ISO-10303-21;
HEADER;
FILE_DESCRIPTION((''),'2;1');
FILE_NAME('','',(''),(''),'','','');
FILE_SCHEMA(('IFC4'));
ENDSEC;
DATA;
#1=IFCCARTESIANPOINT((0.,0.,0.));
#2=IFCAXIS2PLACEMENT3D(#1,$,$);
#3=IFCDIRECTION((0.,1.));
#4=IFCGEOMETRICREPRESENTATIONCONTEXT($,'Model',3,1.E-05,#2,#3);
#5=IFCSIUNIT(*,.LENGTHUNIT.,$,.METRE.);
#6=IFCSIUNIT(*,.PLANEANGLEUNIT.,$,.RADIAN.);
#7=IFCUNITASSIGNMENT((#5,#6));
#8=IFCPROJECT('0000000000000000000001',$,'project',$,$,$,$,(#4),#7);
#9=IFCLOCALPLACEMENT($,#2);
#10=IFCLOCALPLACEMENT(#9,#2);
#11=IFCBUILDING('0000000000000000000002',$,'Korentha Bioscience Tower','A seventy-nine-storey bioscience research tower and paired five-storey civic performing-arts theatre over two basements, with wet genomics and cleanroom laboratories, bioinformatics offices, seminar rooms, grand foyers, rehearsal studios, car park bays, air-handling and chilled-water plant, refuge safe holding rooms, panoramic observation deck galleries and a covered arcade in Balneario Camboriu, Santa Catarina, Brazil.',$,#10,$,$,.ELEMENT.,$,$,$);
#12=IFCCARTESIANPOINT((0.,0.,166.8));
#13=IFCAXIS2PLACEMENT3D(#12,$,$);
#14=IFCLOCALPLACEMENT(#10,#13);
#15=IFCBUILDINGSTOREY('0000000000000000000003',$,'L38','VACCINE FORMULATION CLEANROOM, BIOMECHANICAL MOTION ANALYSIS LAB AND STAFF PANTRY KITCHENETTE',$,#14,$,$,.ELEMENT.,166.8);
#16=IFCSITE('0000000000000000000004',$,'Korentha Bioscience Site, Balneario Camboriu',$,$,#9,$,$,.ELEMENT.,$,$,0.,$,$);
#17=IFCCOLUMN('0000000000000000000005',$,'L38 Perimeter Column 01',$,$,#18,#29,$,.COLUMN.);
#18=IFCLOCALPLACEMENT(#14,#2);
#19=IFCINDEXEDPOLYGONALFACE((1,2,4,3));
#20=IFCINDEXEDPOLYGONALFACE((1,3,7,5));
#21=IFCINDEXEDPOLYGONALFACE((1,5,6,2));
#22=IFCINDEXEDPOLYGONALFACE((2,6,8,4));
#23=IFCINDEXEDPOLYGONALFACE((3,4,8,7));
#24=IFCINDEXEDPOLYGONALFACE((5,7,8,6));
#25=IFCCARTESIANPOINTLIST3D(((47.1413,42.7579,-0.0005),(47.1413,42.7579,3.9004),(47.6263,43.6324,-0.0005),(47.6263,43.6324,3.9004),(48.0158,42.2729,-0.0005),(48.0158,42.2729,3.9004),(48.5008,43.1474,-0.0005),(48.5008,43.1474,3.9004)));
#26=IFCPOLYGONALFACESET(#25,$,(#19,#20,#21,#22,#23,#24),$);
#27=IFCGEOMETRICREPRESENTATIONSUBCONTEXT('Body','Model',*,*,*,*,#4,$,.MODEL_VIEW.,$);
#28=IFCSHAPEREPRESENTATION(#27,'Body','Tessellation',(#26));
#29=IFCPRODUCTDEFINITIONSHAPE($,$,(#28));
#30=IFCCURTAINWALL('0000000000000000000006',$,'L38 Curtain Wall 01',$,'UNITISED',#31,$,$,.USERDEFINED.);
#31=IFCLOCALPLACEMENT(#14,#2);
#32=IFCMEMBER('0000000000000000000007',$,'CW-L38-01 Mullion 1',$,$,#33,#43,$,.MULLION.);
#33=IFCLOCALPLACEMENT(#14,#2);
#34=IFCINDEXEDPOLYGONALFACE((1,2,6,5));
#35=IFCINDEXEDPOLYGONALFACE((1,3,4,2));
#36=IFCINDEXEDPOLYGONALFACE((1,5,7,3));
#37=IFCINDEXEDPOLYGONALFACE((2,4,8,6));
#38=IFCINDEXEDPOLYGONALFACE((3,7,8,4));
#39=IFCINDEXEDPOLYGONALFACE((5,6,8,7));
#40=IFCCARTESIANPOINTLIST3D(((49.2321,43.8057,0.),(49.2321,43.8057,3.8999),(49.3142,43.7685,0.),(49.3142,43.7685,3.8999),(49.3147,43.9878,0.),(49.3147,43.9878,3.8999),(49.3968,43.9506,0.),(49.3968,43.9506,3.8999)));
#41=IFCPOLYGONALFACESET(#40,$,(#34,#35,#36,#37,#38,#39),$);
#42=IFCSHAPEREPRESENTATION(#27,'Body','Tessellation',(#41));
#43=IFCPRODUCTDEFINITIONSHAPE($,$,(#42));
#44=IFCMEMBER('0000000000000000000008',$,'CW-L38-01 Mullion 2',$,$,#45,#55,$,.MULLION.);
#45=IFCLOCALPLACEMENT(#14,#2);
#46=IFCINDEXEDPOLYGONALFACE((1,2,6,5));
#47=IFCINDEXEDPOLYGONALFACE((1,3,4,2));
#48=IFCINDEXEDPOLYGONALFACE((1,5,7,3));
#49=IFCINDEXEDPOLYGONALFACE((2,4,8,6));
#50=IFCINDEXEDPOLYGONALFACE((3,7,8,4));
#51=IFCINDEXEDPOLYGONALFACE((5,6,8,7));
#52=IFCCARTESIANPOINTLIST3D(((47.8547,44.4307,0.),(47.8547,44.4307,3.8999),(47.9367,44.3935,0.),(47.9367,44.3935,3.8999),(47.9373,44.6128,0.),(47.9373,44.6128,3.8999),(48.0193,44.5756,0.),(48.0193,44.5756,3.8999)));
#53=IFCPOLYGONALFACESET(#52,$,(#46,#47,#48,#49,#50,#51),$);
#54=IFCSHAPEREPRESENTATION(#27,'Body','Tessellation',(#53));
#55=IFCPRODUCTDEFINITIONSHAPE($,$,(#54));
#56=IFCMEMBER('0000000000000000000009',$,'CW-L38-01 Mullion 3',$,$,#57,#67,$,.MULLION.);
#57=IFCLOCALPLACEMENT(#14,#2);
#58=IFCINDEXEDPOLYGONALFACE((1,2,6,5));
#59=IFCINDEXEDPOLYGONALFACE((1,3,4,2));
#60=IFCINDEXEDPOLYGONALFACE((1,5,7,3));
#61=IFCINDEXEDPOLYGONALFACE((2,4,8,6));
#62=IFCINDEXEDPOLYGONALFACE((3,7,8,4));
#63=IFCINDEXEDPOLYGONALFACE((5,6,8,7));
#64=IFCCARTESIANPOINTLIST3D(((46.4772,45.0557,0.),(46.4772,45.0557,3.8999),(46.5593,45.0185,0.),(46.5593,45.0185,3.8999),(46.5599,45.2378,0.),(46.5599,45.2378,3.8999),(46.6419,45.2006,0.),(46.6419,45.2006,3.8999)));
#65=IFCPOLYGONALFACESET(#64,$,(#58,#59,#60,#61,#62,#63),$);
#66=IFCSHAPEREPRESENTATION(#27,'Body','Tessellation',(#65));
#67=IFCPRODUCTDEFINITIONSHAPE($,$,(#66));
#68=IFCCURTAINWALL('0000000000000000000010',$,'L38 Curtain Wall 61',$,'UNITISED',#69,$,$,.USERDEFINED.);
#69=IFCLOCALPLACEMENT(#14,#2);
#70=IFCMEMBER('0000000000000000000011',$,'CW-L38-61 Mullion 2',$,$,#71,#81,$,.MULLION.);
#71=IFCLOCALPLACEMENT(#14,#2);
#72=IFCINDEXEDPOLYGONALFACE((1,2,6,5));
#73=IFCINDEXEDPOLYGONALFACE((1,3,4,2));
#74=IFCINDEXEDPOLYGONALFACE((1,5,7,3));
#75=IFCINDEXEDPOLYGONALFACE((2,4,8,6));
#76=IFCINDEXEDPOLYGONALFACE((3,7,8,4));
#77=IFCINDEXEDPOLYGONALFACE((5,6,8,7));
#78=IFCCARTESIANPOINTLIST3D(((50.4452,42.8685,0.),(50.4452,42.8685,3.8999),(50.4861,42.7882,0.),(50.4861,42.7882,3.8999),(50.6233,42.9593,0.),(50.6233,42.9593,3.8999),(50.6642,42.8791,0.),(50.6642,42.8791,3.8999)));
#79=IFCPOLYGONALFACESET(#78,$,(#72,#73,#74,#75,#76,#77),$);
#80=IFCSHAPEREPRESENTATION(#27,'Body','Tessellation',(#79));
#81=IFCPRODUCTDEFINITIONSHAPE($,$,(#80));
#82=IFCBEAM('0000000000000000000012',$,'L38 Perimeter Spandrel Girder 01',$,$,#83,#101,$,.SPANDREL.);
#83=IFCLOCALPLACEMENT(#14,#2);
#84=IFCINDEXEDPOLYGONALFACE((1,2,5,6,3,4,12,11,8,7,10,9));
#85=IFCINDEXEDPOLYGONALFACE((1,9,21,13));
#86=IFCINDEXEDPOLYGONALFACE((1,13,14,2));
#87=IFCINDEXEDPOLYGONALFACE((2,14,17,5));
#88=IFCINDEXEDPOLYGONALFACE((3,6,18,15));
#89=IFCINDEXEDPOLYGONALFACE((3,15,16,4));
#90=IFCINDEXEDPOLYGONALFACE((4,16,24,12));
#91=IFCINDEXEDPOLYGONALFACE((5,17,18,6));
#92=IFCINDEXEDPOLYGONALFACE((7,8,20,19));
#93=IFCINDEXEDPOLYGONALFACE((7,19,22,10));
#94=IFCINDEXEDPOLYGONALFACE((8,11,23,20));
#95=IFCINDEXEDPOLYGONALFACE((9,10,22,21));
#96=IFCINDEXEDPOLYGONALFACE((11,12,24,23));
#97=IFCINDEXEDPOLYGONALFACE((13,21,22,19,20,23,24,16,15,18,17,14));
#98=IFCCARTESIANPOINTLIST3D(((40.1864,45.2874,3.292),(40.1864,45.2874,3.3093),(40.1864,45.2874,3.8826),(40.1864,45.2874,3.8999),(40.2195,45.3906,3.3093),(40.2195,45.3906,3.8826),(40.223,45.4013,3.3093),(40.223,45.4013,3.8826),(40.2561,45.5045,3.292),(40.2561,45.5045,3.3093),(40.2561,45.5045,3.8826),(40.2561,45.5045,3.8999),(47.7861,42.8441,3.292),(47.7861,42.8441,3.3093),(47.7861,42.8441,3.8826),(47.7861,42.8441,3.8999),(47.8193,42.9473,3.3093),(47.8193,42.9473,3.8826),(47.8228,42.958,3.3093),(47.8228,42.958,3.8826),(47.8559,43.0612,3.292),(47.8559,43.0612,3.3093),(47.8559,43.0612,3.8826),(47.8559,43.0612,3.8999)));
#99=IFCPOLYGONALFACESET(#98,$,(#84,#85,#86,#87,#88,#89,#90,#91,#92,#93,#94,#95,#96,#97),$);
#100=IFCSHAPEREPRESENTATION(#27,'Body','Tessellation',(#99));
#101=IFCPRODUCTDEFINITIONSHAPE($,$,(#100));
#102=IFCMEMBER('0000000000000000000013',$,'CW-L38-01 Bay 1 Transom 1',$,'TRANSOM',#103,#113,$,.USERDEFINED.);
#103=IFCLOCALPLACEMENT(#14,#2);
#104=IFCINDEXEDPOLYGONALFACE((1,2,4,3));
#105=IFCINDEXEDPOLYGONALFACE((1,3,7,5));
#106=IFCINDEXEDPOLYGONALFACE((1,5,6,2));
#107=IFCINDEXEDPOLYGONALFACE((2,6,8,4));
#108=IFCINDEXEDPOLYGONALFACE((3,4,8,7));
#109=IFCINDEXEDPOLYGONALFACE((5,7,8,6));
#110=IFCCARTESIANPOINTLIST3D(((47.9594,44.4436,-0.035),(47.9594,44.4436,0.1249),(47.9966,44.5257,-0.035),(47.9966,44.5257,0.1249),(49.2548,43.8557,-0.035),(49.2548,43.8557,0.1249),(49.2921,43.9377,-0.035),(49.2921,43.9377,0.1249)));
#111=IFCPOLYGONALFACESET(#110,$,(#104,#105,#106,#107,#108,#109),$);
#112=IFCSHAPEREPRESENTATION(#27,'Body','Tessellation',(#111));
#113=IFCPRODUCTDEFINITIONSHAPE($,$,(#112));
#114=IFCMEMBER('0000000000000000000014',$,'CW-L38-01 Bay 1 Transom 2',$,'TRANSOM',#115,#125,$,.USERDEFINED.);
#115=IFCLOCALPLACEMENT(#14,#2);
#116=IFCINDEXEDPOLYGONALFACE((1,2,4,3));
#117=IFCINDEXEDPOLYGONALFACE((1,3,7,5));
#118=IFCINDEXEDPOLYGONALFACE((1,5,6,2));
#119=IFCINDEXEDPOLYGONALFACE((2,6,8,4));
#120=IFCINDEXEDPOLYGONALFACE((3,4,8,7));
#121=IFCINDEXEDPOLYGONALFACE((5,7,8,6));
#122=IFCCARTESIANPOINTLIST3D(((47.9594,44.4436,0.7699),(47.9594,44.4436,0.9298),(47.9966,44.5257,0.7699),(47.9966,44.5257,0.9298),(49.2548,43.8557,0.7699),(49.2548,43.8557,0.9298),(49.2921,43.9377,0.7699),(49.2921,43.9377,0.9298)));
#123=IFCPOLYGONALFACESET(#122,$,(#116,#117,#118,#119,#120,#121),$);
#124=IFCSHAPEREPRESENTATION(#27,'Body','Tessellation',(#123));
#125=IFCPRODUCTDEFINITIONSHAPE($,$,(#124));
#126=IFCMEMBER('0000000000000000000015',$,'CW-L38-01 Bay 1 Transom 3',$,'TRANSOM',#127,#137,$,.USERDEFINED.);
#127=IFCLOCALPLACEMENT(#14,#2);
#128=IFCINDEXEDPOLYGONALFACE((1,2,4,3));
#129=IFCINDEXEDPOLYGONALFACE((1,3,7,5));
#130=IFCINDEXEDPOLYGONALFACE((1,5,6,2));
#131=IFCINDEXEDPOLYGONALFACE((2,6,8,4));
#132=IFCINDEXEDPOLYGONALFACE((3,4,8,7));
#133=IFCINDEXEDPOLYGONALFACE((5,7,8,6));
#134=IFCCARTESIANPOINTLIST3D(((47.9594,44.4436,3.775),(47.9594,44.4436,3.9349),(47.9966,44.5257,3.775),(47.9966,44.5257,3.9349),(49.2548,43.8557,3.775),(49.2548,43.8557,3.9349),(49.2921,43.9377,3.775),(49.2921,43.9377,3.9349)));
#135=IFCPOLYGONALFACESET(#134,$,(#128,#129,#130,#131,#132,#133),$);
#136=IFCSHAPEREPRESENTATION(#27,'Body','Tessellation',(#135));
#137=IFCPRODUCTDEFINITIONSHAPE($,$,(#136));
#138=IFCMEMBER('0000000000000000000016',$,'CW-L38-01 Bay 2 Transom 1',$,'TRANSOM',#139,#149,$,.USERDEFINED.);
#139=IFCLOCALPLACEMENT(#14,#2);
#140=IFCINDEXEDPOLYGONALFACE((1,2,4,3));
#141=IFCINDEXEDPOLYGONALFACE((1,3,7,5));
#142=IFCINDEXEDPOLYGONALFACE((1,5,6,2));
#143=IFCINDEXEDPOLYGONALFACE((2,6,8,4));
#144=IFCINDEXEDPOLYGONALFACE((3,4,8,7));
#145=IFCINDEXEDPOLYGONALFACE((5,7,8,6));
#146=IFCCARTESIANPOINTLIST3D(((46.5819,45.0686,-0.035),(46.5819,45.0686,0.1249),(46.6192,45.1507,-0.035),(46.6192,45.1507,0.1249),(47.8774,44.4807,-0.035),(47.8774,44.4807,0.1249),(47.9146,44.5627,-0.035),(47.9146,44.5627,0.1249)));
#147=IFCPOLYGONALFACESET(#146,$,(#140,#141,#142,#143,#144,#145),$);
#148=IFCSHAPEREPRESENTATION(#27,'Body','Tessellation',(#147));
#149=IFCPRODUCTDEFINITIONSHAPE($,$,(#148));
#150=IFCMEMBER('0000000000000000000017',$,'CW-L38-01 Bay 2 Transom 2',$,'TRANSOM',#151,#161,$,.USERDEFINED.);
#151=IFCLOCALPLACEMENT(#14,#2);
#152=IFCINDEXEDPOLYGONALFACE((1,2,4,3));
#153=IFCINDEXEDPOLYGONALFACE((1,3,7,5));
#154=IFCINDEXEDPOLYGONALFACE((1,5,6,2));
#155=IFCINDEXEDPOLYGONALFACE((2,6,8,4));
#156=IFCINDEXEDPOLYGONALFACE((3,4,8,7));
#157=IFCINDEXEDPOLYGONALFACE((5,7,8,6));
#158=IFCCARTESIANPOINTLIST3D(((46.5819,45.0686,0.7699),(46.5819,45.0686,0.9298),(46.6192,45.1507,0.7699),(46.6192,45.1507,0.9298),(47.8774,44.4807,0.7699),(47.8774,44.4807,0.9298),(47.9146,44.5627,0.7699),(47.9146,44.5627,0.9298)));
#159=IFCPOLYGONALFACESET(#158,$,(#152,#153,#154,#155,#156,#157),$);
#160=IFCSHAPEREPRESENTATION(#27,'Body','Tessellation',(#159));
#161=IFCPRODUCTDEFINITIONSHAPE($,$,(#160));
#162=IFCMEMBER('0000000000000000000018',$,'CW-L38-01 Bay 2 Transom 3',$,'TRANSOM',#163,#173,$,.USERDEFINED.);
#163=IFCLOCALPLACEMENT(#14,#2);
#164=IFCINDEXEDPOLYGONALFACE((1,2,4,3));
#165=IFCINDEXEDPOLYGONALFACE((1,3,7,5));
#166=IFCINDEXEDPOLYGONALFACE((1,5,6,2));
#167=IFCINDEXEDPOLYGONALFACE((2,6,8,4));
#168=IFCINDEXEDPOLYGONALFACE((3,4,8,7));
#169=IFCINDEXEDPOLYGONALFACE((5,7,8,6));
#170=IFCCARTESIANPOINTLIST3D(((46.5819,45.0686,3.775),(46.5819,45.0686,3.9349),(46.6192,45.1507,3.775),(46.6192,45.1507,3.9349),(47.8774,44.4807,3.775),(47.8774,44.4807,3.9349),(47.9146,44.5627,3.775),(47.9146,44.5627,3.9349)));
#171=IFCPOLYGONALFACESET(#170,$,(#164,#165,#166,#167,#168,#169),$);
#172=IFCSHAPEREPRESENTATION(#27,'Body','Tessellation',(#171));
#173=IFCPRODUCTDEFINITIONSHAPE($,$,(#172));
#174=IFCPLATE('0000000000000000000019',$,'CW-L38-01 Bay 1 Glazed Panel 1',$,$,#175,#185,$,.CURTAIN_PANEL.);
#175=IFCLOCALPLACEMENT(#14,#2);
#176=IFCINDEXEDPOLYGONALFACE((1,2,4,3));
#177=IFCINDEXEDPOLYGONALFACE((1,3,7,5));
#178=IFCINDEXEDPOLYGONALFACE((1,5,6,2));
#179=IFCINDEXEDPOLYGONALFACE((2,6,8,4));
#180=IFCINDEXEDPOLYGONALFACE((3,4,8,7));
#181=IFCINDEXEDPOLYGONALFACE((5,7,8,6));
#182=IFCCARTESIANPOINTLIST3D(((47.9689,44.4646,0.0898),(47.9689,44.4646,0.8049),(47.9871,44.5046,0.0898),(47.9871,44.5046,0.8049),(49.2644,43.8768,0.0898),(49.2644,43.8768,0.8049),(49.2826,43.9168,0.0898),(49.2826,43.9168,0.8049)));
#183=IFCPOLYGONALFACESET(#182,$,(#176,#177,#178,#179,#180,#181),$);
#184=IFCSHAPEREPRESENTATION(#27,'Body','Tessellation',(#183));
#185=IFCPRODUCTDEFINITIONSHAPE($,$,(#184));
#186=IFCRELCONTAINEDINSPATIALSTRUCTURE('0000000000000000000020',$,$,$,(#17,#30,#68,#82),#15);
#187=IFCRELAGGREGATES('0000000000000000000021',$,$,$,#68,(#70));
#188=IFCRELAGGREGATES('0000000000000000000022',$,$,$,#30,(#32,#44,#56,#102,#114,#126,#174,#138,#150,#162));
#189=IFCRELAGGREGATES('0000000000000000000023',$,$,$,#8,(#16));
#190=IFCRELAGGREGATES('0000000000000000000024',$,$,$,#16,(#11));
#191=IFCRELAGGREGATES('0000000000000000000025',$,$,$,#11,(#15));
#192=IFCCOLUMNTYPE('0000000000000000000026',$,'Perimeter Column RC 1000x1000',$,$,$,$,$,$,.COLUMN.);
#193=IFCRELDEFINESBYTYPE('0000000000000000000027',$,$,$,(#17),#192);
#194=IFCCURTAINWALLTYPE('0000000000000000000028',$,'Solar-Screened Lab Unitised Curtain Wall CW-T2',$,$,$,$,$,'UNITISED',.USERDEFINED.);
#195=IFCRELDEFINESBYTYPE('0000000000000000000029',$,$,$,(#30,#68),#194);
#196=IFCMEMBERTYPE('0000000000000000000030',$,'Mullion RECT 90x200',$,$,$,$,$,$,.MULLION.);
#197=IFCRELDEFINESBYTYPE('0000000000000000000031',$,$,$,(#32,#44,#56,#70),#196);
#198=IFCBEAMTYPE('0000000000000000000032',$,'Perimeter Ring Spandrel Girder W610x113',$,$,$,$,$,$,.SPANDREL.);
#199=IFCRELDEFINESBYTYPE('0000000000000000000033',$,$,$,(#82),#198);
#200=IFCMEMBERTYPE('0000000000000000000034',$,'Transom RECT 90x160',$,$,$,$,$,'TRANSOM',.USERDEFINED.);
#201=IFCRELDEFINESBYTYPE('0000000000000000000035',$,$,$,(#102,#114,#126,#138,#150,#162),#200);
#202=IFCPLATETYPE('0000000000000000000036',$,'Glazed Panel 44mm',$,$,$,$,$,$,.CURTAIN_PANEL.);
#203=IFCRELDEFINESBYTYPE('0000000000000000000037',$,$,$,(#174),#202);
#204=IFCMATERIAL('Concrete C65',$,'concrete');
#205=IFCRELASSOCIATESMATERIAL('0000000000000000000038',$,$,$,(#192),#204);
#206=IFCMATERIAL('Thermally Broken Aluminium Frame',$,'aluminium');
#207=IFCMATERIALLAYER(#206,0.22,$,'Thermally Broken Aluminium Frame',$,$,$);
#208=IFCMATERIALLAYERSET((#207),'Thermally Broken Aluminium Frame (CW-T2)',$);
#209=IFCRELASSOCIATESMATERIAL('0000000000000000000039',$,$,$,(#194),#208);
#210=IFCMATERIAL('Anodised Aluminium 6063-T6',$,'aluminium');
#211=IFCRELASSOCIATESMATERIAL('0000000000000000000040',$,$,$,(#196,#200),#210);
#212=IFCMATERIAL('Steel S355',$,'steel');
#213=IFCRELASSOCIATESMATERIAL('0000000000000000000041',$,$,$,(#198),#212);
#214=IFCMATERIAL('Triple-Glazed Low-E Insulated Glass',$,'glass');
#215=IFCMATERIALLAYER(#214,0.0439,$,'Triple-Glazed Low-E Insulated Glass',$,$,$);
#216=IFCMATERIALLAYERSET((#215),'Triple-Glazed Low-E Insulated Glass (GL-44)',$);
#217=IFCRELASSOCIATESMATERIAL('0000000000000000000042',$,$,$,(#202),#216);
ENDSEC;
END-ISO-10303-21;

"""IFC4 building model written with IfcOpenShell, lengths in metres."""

from ifc_helpers import new_model, si_unit, direction, frame, origin, origin_2d, place, context, subcontext, project, spatial, rectangle, i_section, extrude, material, layer, layer_set, material_profile, profile_set, type_object, element, aggregate, save


model = new_model("IFC4")

# Units and contexts
model_context = context("Model", 3, precision=1e-05, world=origin(), true_north=direction((0.0, 1.0)))
body_context = subcontext(model_context, "Body", "Model", "MODEL_VIEW")
ifc_project = project(units=[si_unit("LENGTHUNIT", "METRE"), si_unit("PLANEANGLEUNIT", "RADIAN")], contexts=[model_context])

# Site, building, storey
site_placement = place(None, origin())
site = spatial("IfcSite", under=ifc_project, at=site_placement, Name="Korentha Bioscience Site, Balneario Camboriu", CompositionType="ELEMENT", RefElevation=0.0)
building_placement = place(site_placement, origin())
building = spatial("IfcBuilding", under=site, at=building_placement, Name="Korentha Bioscience Tower", Description="A seventy-nine-storey bioscience research tower and paired five-storey civic performing-arts theatre over two basements, with wet genomics and cleanroom laboratories, bioinformatics offices, seminar rooms, grand foyers, rehearsal studios, car park bays, air-handling and chilled-water plant, refuge safe holding rooms, panoramic observation deck galleries and a covered arcade in Balneario Camboriu, Santa Catarina, Brazil.", CompositionType="ELEMENT")
storey_placement = place(building_placement, frame((0.0, 0.0, 166.8)))
storey = spatial("IfcBuildingStorey", under=building, at=storey_placement, Name="L38", Description="VACCINE FORMULATION CLEANROOM, BIOMECHANICAL MOTION ANALYSIS LAB AND STAFF PANTRY KITCHENETTE", CompositionType="ELEMENT", Elevation=166.8)

# Column
ifc_material_1 = material(Name="Concrete C65", Category="concrete")
ifc_material_profile_1 = material_profile(ifc_material_1, rectangle(XDim=1.0, YDim=1.0, at=origin_2d()), Name="Concrete C65")
ifc_profile_set_1 = profile_set([ifc_material_profile_1], Name="Concrete C65 (COL-P10)")
column_type = type_object("IfcColumnType", Name="Perimeter Column RC 1000x1000", PredefinedType="COLUMN", material=ifc_profile_set_1)
column_placement = place(storey_placement, frame((47.821, 42.9526, -0.0005), z_axis=(0.0, 0.0, 1.0), x_axis=(-0.874535, 0.484962, 0.0)))
element("IfcColumn", 1, at=column_placement, inside=storey, type_object=column_type, Name="L38 Perimeter Column 01", PredefinedType="COLUMN", context=body_context, shape_type="SweptSolid", body=[
    extrude(rectangle(XDim=1.0, YDim=1.0, at=origin_2d()), origin(), (0.0, 0.0, 1.0), 3.9009),
])

# Curtain wall, members
ifc_material_2 = material(Name="Thermally Broken Aluminium Frame", Category="aluminium")
ifc_layer_1 = layer(ifc_material_2, 0.22, Name="Thermally Broken Aluminium Frame")
ifc_layer_set_1 = layer_set([ifc_layer_1], Name="Thermally Broken Aluminium Frame (CW-T2)")
curtain_wall_type = type_object("IfcCurtainWallType", Name="Solar-Screened Lab Unitised Curtain Wall CW-T2", ElementType="UNITISED", PredefinedType="USERDEFINED", material=ifc_layer_set_1)
curtain_wall_1_placement = place(storey_placement, origin())
curtain_wall_1 = element("IfcCurtainWall", 2, at=curtain_wall_1_placement, inside=storey, type_object=curtain_wall_type, Name="L38 Curtain Wall 01", ObjectType="UNITISED", PredefinedType="USERDEFINED")
ifc_material_3 = material(Name="Anodised Aluminium 6063-T6", Category="aluminium")
ifc_material_profile_2 = material_profile(ifc_material_3, rectangle(XDim=0.0901, YDim=0.2, at=origin_2d()), Name="Anodised Aluminium 6063-T6")
ifc_profile_set_2 = profile_set([ifc_material_profile_2], Name="Anodised Aluminium 6063-T6 (CW-MUL)")
member_type_1 = type_object("IfcMemberType", Name="Mullion RECT 90x200", PredefinedType="MULLION", material=ifc_profile_set_2)
member_1_placement = place(storey_placement, frame((49.3145, 43.8782, 0.0), z_axis=(0.0, 0.0, 1.0), x_axis=(-0.910644, 0.413191, 0.0)))
member_1 = element("IfcMember", 3, at=member_1_placement, type_object=member_type_1, Name="CW-L38-01 Mullion 1", PredefinedType="MULLION", context=body_context, shape_type="SweptSolid", body=[
    extrude(rectangle(XDim=0.0901, YDim=0.2, at=origin_2d()), origin(), (0.0, 0.0, 1.0), 3.8999),
])
member_2_placement = place(storey_placement, frame((47.937, 44.5032, 0.0), z_axis=(0.0, 0.0, 1.0), x_axis=(-0.910644, 0.413191, 0.0)))
member_2 = element("IfcMember", 4, at=member_2_placement, type_object=member_type_1, Name="CW-L38-01 Mullion 2", PredefinedType="MULLION", context=body_context, shape_type="SweptSolid", body=[
    extrude(rectangle(XDim=0.0901, YDim=0.2, at=origin_2d()), origin(), (0.0, 0.0, 1.0), 3.8999),
])
member_3_placement = place(storey_placement, frame((46.5596, 45.1282, 0.0), z_axis=(0.0, 0.0, 1.0), x_axis=(-0.910644, 0.413191, 0.0)))
member_3 = element("IfcMember", 5, at=member_3_placement, type_object=member_type_1, Name="CW-L38-01 Mullion 3", PredefinedType="MULLION", context=body_context, shape_type="SweptSolid", body=[
    extrude(rectangle(XDim=0.0901, YDim=0.2, at=origin_2d()), origin(), (0.0, 0.0, 1.0), 3.8999),
])

# Curtain wall, member
curtain_wall_2_placement = place(storey_placement, origin())
curtain_wall_2 = element("IfcCurtainWall", 6, at=curtain_wall_2_placement, inside=storey, type_object=curtain_wall_type, Name="L38 Curtain Wall 61", ObjectType="UNITISED", PredefinedType="USERDEFINED")
member_4_placement = place(storey_placement, frame((50.5547, 42.8738, 0.0), z_axis=(0.0, 0.0, 1.0), x_axis=(-0.454288, 0.890855, 0.0)))
member_4 = element("IfcMember", 7, at=member_4_placement, type_object=member_type_1, Name="CW-L38-61 Mullion 2", PredefinedType="MULLION", context=body_context, shape_type="SweptSolid", body=[
    extrude(rectangle(XDim=0.0901, YDim=0.2, at=origin_2d()), origin(), (0.0, 0.0, 1.0), 3.8999),
])
aggregate(curtain_wall_2, [member_4])

# Beam
ifc_material_4 = material(Name="Steel S355", Category="steel")
ifc_material_profile_3 = material_profile(ifc_material_4, i_section(OverallWidth=0.228, OverallDepth=0.6079, WebThickness=0.0112, FlangeThickness=0.0173, at=origin_2d()), Name="Steel S355")
ifc_profile_set_3 = profile_set([ifc_material_profile_3], Name="Steel S355 (SB-610)")
beam_type = type_object("IfcBeamType", Name="Perimeter Ring Spandrel Girder W610x113", PredefinedType="SPANDREL", material=ifc_profile_set_3)
beam_placement = place(storey_placement, frame((47.821, 42.9526, 3.5959), z_axis=(-0.952009, 0.306072, 0.0), x_axis=(-0.306072, -0.952009, 0.0)))
element("IfcBeam", 8, at=beam_placement, inside=storey, type_object=beam_type, Name="L38 Perimeter Spandrel Girder 01", PredefinedType="SPANDREL", context=body_context, shape_type="SweptSolid", body=[
    extrude(i_section(OverallWidth=0.228, OverallDepth=0.6079, WebThickness=0.0112, FlangeThickness=0.0173, at=origin_2d()), origin(), (0.0, 0.0, 1.0), 7.9829),
])

# Members
ifc_material_profile_4 = material_profile(ifc_material_3, rectangle(XDim=0.0901, YDim=0.1599, at=origin_2d()), Name="Anodised Aluminium 6063-T6")
ifc_profile_set_4 = profile_set([ifc_material_profile_4], Name="Anodised Aluminium 6063-T6 (CW-TRN)")
member_type_2 = type_object("IfcMemberType", Name="Transom RECT 90x160", ElementType="TRANSOM", PredefinedType="USERDEFINED", material=ifc_profile_set_4)
member_5_placement = place(storey_placement, frame((49.2734, 43.8967, 0.0449), z_axis=(-0.910613, 0.41326, 0.0), x_axis=(-0.41326, -0.910613, 0.0)))
member_5 = element("IfcMember", 9, at=member_5_placement, type_object=member_type_2, Name="CW-L38-01 Bay 1 Transom 1", ObjectType="TRANSOM", PredefinedType="USERDEFINED", context=body_context, shape_type="SweptSolid", body=[
    extrude(rectangle(XDim=0.0901, YDim=0.1599, at=origin_2d()), origin(), (0.0, 0.0, 1.0), 1.4226),
])
member_6_placement = place(storey_placement, frame((49.2734, 43.8967, 0.8499), z_axis=(-0.910613, 0.41326, 0.0), x_axis=(-0.41326, -0.910613, 0.0)))
member_6 = element("IfcMember", 10, at=member_6_placement, type_object=member_type_2, Name="CW-L38-01 Bay 1 Transom 2", ObjectType="TRANSOM", PredefinedType="USERDEFINED", context=body_context, shape_type="SweptSolid", body=[
    extrude(rectangle(XDim=0.0901, YDim=0.1599, at=origin_2d()), origin(), (0.0, 0.0, 1.0), 1.4226),
])
member_7_placement = place(storey_placement, frame((49.2734, 43.8967, 3.855), z_axis=(-0.910613, 0.41326, 0.0), x_axis=(-0.41326, -0.910613, 0.0)))
member_7 = element("IfcMember", 11, at=member_7_placement, type_object=member_type_2, Name="CW-L38-01 Bay 1 Transom 3", ObjectType="TRANSOM", PredefinedType="USERDEFINED", context=body_context, shape_type="SweptSolid", body=[
    extrude(rectangle(XDim=0.0901, YDim=0.1599, at=origin_2d()), origin(), (0.0, 0.0, 1.0), 1.4226),
])
member_8_placement = place(storey_placement, frame((47.896, 44.5217, 0.0449), z_axis=(-0.910613, 0.41326, 0.0), x_axis=(-0.41326, -0.910613, 0.0)))
member_8 = element("IfcMember", 12, at=member_8_placement, type_object=member_type_2, Name="CW-L38-01 Bay 2 Transom 1", ObjectType="TRANSOM", PredefinedType="USERDEFINED", context=body_context, shape_type="SweptSolid", body=[
    extrude(rectangle(XDim=0.0901, YDim=0.1599, at=origin_2d()), origin(), (0.0, 0.0, 1.0), 1.4226),
])
member_9_placement = place(storey_placement, frame((47.896, 44.5217, 0.8499), z_axis=(-0.910613, 0.41326, 0.0), x_axis=(-0.41326, -0.910613, 0.0)))
member_9 = element("IfcMember", 13, at=member_9_placement, type_object=member_type_2, Name="CW-L38-01 Bay 2 Transom 2", ObjectType="TRANSOM", PredefinedType="USERDEFINED", context=body_context, shape_type="SweptSolid", body=[
    extrude(rectangle(XDim=0.0901, YDim=0.1599, at=origin_2d()), origin(), (0.0, 0.0, 1.0), 1.4226),
])
member_10_placement = place(storey_placement, frame((47.896, 44.5217, 3.855), z_axis=(-0.910613, 0.41326, 0.0), x_axis=(-0.41326, -0.910613, 0.0)))
member_10 = element("IfcMember", 14, at=member_10_placement, type_object=member_type_2, Name="CW-L38-01 Bay 2 Transom 3", ObjectType="TRANSOM", PredefinedType="USERDEFINED", context=body_context, shape_type="SweptSolid", body=[
    extrude(rectangle(XDim=0.0901, YDim=0.1599, at=origin_2d()), origin(), (0.0, 0.0, 1.0), 1.4226),
])

# Plate
ifc_material_5 = material(Name="Triple-Glazed Low-E Insulated Glass", Category="glass")
ifc_layer_2 = layer(ifc_material_5, 0.0439, Name="Triple-Glazed Low-E Insulated Glass")
ifc_layer_set_2 = layer_set([ifc_layer_2], Name="Triple-Glazed Low-E Insulated Glass (GL-44)")
plate_type = type_object("IfcPlateType", Name="Glazed Panel 44mm", PredefinedType="CURTAIN_PANEL", material=ifc_layer_set_2)
plate_1_placement = place(storey_placement, frame((48.6257, 44.1907, 0.0898), z_axis=(0.0, 0.0, 1.0), x_axis=(-0.910644, 0.413191, 0.0)))
plate_1 = element("IfcPlate", 15, at=plate_1_placement, type_object=plate_type, Name="CW-L38-01 Bay 1 Glazed Panel 1", PredefinedType="CURTAIN_PANEL", context=body_context, shape_type="SweptSolid", body=[
    extrude(rectangle(XDim=1.4226, YDim=0.0439, at=origin_2d()), origin(), (0.0, 0.0, 1.0), 0.7151),
])
aggregate(curtain_wall_1, [member_1, member_2, member_3, member_5, member_6, member_7, plate_1, member_8, member_9, member_10])

save(model, "model.ifc")
